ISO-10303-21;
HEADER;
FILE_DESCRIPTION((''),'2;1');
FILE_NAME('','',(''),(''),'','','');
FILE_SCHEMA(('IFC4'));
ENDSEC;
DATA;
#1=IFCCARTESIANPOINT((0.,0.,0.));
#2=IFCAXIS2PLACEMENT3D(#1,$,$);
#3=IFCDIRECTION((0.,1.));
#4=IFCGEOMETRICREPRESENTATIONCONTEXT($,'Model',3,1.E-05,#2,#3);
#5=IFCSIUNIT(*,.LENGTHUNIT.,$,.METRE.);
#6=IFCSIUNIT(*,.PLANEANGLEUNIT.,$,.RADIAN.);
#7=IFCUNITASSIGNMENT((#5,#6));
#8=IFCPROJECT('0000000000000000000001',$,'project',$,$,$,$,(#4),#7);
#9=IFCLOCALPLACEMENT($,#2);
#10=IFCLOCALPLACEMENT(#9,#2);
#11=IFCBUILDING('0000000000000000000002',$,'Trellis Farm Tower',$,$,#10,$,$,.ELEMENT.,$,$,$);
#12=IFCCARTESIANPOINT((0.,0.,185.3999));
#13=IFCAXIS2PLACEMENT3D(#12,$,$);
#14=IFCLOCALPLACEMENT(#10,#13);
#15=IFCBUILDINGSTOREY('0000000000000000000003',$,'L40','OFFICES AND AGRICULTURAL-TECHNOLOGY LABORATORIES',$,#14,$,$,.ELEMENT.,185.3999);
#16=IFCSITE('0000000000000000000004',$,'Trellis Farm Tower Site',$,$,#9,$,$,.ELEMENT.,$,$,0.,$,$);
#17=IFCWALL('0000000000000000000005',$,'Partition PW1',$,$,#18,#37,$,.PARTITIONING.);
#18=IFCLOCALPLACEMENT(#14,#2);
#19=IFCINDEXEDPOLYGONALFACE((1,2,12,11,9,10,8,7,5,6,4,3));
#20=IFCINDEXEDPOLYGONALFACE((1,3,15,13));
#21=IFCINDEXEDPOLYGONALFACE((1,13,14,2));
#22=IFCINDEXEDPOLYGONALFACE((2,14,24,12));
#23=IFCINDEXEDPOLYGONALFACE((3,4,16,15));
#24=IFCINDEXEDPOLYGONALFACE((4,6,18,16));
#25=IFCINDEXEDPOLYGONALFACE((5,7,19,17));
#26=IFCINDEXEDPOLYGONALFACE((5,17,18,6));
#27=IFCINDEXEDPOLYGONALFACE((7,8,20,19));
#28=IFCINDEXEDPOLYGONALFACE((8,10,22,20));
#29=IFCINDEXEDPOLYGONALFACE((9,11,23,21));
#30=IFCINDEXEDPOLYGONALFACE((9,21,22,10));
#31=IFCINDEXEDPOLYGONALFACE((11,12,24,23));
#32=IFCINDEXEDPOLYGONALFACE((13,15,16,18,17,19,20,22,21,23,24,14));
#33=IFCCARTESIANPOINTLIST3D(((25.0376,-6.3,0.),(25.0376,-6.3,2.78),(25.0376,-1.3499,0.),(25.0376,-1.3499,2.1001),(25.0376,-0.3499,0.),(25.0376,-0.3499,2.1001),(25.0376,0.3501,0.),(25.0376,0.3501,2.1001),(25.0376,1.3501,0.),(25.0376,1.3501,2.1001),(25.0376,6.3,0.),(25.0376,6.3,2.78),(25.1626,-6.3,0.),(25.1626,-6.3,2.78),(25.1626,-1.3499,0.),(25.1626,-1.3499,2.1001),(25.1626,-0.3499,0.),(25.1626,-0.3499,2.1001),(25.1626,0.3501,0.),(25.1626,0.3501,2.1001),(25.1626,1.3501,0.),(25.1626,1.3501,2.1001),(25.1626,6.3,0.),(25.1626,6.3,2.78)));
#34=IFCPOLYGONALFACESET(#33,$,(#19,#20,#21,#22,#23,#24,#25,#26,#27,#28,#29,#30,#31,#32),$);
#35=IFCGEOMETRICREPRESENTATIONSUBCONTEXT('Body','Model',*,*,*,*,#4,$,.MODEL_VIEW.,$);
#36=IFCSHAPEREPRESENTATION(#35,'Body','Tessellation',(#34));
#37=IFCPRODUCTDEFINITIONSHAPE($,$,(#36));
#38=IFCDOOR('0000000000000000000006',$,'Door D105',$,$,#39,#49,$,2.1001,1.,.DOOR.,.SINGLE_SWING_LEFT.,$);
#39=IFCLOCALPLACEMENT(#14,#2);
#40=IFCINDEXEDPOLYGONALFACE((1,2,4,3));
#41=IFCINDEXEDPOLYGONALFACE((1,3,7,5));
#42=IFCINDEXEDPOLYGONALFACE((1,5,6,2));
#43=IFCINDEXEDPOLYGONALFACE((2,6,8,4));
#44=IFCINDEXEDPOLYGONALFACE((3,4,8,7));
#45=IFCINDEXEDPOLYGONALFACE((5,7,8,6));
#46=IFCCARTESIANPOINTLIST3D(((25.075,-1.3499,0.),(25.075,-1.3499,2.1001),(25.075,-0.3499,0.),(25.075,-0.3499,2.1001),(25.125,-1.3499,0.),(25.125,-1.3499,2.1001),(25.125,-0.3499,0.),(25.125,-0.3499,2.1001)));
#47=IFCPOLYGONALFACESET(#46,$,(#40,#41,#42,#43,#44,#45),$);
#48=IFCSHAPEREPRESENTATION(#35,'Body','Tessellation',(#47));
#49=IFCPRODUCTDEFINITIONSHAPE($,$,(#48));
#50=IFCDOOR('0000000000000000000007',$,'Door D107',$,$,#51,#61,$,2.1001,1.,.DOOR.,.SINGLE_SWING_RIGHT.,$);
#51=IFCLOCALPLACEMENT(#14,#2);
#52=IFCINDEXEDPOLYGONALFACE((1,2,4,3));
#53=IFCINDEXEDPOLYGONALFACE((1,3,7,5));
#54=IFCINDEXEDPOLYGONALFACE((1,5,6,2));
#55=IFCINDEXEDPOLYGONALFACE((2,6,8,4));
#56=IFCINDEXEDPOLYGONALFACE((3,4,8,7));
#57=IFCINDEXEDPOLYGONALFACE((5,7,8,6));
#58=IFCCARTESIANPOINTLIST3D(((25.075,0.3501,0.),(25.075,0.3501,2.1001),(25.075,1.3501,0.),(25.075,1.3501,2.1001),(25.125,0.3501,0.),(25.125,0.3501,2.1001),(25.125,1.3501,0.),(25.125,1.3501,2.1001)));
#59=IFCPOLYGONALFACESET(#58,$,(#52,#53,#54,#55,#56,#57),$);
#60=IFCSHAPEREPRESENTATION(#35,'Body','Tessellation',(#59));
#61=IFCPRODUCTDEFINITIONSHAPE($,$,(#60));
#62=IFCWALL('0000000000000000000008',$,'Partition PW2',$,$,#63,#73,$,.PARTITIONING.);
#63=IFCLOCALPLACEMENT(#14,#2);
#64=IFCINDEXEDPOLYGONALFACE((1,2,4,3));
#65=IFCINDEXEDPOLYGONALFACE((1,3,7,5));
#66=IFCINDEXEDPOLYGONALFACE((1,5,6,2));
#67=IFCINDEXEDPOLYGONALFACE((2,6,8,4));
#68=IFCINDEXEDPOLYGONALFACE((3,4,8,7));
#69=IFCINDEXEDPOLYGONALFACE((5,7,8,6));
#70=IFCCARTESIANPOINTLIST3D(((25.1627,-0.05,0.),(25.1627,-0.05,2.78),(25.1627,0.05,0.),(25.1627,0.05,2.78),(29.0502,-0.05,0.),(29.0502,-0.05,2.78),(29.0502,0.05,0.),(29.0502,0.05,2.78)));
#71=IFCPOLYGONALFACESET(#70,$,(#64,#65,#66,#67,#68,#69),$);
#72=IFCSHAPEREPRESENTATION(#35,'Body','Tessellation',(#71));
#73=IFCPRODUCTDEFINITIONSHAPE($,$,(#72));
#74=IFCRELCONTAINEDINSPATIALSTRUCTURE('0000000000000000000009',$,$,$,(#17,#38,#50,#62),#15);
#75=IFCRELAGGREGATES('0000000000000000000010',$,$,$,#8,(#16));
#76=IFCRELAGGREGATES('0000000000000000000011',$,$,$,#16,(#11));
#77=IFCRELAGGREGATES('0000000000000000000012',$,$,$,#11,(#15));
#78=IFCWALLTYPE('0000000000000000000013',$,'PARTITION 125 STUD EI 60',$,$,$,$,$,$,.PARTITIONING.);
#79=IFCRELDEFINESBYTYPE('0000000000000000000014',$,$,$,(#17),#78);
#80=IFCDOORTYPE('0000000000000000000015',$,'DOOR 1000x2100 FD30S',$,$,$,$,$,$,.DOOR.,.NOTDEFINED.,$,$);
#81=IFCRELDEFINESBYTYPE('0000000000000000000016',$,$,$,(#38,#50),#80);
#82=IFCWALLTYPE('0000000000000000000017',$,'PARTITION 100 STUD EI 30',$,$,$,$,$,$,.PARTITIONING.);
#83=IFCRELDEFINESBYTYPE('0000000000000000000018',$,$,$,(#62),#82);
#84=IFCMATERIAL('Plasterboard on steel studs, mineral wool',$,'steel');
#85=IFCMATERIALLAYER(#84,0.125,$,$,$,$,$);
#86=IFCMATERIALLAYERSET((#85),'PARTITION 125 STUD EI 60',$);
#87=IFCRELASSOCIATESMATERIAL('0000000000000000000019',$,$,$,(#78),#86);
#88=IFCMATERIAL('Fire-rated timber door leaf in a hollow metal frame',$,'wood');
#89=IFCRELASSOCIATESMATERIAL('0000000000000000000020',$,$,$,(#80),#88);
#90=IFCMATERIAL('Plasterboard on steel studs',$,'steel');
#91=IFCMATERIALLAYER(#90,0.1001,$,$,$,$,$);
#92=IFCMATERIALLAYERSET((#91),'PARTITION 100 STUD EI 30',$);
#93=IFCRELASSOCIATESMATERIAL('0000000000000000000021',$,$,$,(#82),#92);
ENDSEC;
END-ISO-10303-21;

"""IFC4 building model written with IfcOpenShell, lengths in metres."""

from ifc_helpers import new_model, si_unit, direction, frame, frame_2d, origin, place, context, subcontext, project, spatial, rectangle, extrude, source, transform, mapped, material, layer, layer_set, type_object, element, fill, save


model = new_model("IFC4")

# Units and contexts
model_context = context("Model", 3, precision=1e-05, world=origin(), true_north=direction((0.0, 1.0)))
body_context = subcontext(model_context, "Body", "Model", "MODEL_VIEW")
ifc_project = project(units=[si_unit("LENGTHUNIT", "METRE"), si_unit("PLANEANGLEUNIT", "RADIAN")], contexts=[model_context])

# Site, building, storey
site_placement = place(None, origin())
site = spatial("IfcSite", under=ifc_project, at=site_placement, Name="Trellis Farm Tower Site", CompositionType="ELEMENT", RefElevation=0.0)
building_placement = place(site_placement, origin())
building = spatial("IfcBuilding", under=site, at=building_placement, Name="Trellis Farm Tower", CompositionType="ELEMENT")
storey_placement = place(building_placement, frame((0.0, 0.0, 185.3999)))
storey = spatial("IfcBuildingStorey", under=building, at=storey_placement, Name="L40", Description="OFFICES AND AGRICULTURAL-TECHNOLOGY LABORATORIES", CompositionType="ELEMENT", Elevation=185.3999)

# Wall, openings, doors
ifc_material_1 = material(Name="Plasterboard on steel studs, mineral wool", Category="steel")
ifc_layer_1 = layer(ifc_material_1, 0.125)
ifc_layer_set_1 = layer_set([ifc_layer_1], Name="PARTITION 125 STUD EI 60")
wall_type_1 = type_object("IfcWallType", Name="PARTITION 125 STUD EI 60", PredefinedType="PARTITIONING", material=ifc_layer_set_1)
shared_shape_1 = source(origin(), body_context, "Body", "SweptSolid", [
    extrude(rectangle(XDim=12.6001, YDim=0.125, at=frame_2d((6.3, 0.0))), origin(), (0.0, 0.0, 1.0), 2.78),
])
wall_1_placement = place(storey_placement, frame((25.1001, 6.3, 0.0), z_axis=(0.0, 0.0, 1.0), x_axis=(0.0, -1.0, 0.0)))
wall_1 = element("IfcWall", 1, at=wall_1_placement, inside=storey, type_object=wall_type_1, Name="Partition PW1", PredefinedType="PARTITIONING", context=body_context, shape_type="MappedRepresentation", body=[
    mapped(shared_shape_1, transform((0.0, 0.0, 0.0))),
])
shared_shape_2 = source(origin(), body_context, "Body", "SweptSolid", [
    extrude(rectangle(XDim=1.0, YDim=2.1001, at=frame_2d((0.5, 1.05))), frame((0.0, 0.0725, 0.0), z_axis=(0.0, -1.0, 0.0), x_axis=(1.0, 0.0, 0.0)), (0.0, 0.0, 1.0), 0.145),
])
opening_1_placement = place(wall_1_placement, frame((6.6499, 0.0, 0.0)))
opening_1 = element("IfcOpeningElement", 2, at=opening_1_placement, cuts=wall_1, PredefinedType="OPENING", context=body_context, shape_type="MappedRepresentation", body=[
    mapped(shared_shape_2, transform((0.0, 0.0, 0.0))),
])
opening_2_placement = place(wall_1_placement, frame((4.95, 0.0, 0.0)))
opening_2 = element("IfcOpeningElement", 3, at=opening_2_placement, cuts=wall_1, PredefinedType="OPENING", context=body_context, shape_type="MappedRepresentation", body=[
    mapped(shared_shape_2, transform((0.0, 0.0, 0.0))),
])
ifc_material_2 = material(Name="Fire-rated timber door leaf in a hollow metal frame", Category="wood")
door_type_1 = type_object("IfcDoorType", Name="DOOR 1000x2100 FD30S", OperationType="NOTDEFINED", PredefinedType="DOOR", material=ifc_material_2)
shared_shape_3 = source(origin(), body_context, "Body", "SweptSolid", [
    extrude(rectangle(XDim=1.0, YDim=2.1001, at=frame_2d((0.5, 1.05))), frame((0.0, 0.0249, 0.0), z_axis=(0.0, -1.0, 0.0), x_axis=(1.0, 0.0, 0.0)), (0.0, 0.0, 1.0), 0.05),
])
door_1_placement = place(opening_1_placement, origin())
door_1 = element("IfcDoor", 4, at=door_1_placement, inside=storey, type_object=door_type_1, Name="Door D105", OperationType="SINGLE_SWING_LEFT", OverallHeight=2.1001, OverallWidth=1.0, PredefinedType="DOOR", context=body_context, shape_type="MappedRepresentation", body=[
    mapped(shared_shape_3, transform((0.0, 0.0, 0.0))),
])
fill(opening_1, door_1)
door_2_placement = place(opening_2_placement, origin())
door_2 = element("IfcDoor", 5, at=door_2_placement, inside=storey, type_object=door_type_1, Name="Door D107", OperationType="SINGLE_SWING_RIGHT", OverallHeight=2.1001, OverallWidth=1.0, PredefinedType="DOOR", context=body_context, shape_type="MappedRepresentation", body=[
    mapped(shared_shape_3, transform((0.0, 0.0, 0.0))),
])
fill(opening_2, door_2)

# Wall
ifc_material_3 = material(Name="Plasterboard on steel studs", Category="steel")
ifc_layer_2 = layer(ifc_material_3, 0.1001)
ifc_layer_set_2 = layer_set([ifc_layer_2], Name="PARTITION 100 STUD EI 30")
wall_type_2 = type_object("IfcWallType", Name="PARTITION 100 STUD EI 30", PredefinedType="PARTITIONING", material=ifc_layer_set_2)
shared_shape_4 = source(origin(), body_context, "Body", "SweptSolid", [
    extrude(rectangle(XDim=3.8875, YDim=0.1001, at=frame_2d((1.9438, 0.0))), origin(), (0.0, 0.0, 1.0), 2.78),
])
wall_2_placement = place(storey_placement, frame((25.1626, 0.0, 0.0), z_axis=(0.0, 0.0, 1.0), x_axis=(1.0, 0.0, 0.0)))
element("IfcWall", 6, at=wall_2_placement, inside=storey, type_object=wall_type_2, Name="Partition PW2", PredefinedType="PARTITIONING", context=body_context, shape_type="MappedRepresentation", body=[
    mapped(shared_shape_4, transform((0.0, 0.0, 0.0))),
])

save(model, "model.ifc")
